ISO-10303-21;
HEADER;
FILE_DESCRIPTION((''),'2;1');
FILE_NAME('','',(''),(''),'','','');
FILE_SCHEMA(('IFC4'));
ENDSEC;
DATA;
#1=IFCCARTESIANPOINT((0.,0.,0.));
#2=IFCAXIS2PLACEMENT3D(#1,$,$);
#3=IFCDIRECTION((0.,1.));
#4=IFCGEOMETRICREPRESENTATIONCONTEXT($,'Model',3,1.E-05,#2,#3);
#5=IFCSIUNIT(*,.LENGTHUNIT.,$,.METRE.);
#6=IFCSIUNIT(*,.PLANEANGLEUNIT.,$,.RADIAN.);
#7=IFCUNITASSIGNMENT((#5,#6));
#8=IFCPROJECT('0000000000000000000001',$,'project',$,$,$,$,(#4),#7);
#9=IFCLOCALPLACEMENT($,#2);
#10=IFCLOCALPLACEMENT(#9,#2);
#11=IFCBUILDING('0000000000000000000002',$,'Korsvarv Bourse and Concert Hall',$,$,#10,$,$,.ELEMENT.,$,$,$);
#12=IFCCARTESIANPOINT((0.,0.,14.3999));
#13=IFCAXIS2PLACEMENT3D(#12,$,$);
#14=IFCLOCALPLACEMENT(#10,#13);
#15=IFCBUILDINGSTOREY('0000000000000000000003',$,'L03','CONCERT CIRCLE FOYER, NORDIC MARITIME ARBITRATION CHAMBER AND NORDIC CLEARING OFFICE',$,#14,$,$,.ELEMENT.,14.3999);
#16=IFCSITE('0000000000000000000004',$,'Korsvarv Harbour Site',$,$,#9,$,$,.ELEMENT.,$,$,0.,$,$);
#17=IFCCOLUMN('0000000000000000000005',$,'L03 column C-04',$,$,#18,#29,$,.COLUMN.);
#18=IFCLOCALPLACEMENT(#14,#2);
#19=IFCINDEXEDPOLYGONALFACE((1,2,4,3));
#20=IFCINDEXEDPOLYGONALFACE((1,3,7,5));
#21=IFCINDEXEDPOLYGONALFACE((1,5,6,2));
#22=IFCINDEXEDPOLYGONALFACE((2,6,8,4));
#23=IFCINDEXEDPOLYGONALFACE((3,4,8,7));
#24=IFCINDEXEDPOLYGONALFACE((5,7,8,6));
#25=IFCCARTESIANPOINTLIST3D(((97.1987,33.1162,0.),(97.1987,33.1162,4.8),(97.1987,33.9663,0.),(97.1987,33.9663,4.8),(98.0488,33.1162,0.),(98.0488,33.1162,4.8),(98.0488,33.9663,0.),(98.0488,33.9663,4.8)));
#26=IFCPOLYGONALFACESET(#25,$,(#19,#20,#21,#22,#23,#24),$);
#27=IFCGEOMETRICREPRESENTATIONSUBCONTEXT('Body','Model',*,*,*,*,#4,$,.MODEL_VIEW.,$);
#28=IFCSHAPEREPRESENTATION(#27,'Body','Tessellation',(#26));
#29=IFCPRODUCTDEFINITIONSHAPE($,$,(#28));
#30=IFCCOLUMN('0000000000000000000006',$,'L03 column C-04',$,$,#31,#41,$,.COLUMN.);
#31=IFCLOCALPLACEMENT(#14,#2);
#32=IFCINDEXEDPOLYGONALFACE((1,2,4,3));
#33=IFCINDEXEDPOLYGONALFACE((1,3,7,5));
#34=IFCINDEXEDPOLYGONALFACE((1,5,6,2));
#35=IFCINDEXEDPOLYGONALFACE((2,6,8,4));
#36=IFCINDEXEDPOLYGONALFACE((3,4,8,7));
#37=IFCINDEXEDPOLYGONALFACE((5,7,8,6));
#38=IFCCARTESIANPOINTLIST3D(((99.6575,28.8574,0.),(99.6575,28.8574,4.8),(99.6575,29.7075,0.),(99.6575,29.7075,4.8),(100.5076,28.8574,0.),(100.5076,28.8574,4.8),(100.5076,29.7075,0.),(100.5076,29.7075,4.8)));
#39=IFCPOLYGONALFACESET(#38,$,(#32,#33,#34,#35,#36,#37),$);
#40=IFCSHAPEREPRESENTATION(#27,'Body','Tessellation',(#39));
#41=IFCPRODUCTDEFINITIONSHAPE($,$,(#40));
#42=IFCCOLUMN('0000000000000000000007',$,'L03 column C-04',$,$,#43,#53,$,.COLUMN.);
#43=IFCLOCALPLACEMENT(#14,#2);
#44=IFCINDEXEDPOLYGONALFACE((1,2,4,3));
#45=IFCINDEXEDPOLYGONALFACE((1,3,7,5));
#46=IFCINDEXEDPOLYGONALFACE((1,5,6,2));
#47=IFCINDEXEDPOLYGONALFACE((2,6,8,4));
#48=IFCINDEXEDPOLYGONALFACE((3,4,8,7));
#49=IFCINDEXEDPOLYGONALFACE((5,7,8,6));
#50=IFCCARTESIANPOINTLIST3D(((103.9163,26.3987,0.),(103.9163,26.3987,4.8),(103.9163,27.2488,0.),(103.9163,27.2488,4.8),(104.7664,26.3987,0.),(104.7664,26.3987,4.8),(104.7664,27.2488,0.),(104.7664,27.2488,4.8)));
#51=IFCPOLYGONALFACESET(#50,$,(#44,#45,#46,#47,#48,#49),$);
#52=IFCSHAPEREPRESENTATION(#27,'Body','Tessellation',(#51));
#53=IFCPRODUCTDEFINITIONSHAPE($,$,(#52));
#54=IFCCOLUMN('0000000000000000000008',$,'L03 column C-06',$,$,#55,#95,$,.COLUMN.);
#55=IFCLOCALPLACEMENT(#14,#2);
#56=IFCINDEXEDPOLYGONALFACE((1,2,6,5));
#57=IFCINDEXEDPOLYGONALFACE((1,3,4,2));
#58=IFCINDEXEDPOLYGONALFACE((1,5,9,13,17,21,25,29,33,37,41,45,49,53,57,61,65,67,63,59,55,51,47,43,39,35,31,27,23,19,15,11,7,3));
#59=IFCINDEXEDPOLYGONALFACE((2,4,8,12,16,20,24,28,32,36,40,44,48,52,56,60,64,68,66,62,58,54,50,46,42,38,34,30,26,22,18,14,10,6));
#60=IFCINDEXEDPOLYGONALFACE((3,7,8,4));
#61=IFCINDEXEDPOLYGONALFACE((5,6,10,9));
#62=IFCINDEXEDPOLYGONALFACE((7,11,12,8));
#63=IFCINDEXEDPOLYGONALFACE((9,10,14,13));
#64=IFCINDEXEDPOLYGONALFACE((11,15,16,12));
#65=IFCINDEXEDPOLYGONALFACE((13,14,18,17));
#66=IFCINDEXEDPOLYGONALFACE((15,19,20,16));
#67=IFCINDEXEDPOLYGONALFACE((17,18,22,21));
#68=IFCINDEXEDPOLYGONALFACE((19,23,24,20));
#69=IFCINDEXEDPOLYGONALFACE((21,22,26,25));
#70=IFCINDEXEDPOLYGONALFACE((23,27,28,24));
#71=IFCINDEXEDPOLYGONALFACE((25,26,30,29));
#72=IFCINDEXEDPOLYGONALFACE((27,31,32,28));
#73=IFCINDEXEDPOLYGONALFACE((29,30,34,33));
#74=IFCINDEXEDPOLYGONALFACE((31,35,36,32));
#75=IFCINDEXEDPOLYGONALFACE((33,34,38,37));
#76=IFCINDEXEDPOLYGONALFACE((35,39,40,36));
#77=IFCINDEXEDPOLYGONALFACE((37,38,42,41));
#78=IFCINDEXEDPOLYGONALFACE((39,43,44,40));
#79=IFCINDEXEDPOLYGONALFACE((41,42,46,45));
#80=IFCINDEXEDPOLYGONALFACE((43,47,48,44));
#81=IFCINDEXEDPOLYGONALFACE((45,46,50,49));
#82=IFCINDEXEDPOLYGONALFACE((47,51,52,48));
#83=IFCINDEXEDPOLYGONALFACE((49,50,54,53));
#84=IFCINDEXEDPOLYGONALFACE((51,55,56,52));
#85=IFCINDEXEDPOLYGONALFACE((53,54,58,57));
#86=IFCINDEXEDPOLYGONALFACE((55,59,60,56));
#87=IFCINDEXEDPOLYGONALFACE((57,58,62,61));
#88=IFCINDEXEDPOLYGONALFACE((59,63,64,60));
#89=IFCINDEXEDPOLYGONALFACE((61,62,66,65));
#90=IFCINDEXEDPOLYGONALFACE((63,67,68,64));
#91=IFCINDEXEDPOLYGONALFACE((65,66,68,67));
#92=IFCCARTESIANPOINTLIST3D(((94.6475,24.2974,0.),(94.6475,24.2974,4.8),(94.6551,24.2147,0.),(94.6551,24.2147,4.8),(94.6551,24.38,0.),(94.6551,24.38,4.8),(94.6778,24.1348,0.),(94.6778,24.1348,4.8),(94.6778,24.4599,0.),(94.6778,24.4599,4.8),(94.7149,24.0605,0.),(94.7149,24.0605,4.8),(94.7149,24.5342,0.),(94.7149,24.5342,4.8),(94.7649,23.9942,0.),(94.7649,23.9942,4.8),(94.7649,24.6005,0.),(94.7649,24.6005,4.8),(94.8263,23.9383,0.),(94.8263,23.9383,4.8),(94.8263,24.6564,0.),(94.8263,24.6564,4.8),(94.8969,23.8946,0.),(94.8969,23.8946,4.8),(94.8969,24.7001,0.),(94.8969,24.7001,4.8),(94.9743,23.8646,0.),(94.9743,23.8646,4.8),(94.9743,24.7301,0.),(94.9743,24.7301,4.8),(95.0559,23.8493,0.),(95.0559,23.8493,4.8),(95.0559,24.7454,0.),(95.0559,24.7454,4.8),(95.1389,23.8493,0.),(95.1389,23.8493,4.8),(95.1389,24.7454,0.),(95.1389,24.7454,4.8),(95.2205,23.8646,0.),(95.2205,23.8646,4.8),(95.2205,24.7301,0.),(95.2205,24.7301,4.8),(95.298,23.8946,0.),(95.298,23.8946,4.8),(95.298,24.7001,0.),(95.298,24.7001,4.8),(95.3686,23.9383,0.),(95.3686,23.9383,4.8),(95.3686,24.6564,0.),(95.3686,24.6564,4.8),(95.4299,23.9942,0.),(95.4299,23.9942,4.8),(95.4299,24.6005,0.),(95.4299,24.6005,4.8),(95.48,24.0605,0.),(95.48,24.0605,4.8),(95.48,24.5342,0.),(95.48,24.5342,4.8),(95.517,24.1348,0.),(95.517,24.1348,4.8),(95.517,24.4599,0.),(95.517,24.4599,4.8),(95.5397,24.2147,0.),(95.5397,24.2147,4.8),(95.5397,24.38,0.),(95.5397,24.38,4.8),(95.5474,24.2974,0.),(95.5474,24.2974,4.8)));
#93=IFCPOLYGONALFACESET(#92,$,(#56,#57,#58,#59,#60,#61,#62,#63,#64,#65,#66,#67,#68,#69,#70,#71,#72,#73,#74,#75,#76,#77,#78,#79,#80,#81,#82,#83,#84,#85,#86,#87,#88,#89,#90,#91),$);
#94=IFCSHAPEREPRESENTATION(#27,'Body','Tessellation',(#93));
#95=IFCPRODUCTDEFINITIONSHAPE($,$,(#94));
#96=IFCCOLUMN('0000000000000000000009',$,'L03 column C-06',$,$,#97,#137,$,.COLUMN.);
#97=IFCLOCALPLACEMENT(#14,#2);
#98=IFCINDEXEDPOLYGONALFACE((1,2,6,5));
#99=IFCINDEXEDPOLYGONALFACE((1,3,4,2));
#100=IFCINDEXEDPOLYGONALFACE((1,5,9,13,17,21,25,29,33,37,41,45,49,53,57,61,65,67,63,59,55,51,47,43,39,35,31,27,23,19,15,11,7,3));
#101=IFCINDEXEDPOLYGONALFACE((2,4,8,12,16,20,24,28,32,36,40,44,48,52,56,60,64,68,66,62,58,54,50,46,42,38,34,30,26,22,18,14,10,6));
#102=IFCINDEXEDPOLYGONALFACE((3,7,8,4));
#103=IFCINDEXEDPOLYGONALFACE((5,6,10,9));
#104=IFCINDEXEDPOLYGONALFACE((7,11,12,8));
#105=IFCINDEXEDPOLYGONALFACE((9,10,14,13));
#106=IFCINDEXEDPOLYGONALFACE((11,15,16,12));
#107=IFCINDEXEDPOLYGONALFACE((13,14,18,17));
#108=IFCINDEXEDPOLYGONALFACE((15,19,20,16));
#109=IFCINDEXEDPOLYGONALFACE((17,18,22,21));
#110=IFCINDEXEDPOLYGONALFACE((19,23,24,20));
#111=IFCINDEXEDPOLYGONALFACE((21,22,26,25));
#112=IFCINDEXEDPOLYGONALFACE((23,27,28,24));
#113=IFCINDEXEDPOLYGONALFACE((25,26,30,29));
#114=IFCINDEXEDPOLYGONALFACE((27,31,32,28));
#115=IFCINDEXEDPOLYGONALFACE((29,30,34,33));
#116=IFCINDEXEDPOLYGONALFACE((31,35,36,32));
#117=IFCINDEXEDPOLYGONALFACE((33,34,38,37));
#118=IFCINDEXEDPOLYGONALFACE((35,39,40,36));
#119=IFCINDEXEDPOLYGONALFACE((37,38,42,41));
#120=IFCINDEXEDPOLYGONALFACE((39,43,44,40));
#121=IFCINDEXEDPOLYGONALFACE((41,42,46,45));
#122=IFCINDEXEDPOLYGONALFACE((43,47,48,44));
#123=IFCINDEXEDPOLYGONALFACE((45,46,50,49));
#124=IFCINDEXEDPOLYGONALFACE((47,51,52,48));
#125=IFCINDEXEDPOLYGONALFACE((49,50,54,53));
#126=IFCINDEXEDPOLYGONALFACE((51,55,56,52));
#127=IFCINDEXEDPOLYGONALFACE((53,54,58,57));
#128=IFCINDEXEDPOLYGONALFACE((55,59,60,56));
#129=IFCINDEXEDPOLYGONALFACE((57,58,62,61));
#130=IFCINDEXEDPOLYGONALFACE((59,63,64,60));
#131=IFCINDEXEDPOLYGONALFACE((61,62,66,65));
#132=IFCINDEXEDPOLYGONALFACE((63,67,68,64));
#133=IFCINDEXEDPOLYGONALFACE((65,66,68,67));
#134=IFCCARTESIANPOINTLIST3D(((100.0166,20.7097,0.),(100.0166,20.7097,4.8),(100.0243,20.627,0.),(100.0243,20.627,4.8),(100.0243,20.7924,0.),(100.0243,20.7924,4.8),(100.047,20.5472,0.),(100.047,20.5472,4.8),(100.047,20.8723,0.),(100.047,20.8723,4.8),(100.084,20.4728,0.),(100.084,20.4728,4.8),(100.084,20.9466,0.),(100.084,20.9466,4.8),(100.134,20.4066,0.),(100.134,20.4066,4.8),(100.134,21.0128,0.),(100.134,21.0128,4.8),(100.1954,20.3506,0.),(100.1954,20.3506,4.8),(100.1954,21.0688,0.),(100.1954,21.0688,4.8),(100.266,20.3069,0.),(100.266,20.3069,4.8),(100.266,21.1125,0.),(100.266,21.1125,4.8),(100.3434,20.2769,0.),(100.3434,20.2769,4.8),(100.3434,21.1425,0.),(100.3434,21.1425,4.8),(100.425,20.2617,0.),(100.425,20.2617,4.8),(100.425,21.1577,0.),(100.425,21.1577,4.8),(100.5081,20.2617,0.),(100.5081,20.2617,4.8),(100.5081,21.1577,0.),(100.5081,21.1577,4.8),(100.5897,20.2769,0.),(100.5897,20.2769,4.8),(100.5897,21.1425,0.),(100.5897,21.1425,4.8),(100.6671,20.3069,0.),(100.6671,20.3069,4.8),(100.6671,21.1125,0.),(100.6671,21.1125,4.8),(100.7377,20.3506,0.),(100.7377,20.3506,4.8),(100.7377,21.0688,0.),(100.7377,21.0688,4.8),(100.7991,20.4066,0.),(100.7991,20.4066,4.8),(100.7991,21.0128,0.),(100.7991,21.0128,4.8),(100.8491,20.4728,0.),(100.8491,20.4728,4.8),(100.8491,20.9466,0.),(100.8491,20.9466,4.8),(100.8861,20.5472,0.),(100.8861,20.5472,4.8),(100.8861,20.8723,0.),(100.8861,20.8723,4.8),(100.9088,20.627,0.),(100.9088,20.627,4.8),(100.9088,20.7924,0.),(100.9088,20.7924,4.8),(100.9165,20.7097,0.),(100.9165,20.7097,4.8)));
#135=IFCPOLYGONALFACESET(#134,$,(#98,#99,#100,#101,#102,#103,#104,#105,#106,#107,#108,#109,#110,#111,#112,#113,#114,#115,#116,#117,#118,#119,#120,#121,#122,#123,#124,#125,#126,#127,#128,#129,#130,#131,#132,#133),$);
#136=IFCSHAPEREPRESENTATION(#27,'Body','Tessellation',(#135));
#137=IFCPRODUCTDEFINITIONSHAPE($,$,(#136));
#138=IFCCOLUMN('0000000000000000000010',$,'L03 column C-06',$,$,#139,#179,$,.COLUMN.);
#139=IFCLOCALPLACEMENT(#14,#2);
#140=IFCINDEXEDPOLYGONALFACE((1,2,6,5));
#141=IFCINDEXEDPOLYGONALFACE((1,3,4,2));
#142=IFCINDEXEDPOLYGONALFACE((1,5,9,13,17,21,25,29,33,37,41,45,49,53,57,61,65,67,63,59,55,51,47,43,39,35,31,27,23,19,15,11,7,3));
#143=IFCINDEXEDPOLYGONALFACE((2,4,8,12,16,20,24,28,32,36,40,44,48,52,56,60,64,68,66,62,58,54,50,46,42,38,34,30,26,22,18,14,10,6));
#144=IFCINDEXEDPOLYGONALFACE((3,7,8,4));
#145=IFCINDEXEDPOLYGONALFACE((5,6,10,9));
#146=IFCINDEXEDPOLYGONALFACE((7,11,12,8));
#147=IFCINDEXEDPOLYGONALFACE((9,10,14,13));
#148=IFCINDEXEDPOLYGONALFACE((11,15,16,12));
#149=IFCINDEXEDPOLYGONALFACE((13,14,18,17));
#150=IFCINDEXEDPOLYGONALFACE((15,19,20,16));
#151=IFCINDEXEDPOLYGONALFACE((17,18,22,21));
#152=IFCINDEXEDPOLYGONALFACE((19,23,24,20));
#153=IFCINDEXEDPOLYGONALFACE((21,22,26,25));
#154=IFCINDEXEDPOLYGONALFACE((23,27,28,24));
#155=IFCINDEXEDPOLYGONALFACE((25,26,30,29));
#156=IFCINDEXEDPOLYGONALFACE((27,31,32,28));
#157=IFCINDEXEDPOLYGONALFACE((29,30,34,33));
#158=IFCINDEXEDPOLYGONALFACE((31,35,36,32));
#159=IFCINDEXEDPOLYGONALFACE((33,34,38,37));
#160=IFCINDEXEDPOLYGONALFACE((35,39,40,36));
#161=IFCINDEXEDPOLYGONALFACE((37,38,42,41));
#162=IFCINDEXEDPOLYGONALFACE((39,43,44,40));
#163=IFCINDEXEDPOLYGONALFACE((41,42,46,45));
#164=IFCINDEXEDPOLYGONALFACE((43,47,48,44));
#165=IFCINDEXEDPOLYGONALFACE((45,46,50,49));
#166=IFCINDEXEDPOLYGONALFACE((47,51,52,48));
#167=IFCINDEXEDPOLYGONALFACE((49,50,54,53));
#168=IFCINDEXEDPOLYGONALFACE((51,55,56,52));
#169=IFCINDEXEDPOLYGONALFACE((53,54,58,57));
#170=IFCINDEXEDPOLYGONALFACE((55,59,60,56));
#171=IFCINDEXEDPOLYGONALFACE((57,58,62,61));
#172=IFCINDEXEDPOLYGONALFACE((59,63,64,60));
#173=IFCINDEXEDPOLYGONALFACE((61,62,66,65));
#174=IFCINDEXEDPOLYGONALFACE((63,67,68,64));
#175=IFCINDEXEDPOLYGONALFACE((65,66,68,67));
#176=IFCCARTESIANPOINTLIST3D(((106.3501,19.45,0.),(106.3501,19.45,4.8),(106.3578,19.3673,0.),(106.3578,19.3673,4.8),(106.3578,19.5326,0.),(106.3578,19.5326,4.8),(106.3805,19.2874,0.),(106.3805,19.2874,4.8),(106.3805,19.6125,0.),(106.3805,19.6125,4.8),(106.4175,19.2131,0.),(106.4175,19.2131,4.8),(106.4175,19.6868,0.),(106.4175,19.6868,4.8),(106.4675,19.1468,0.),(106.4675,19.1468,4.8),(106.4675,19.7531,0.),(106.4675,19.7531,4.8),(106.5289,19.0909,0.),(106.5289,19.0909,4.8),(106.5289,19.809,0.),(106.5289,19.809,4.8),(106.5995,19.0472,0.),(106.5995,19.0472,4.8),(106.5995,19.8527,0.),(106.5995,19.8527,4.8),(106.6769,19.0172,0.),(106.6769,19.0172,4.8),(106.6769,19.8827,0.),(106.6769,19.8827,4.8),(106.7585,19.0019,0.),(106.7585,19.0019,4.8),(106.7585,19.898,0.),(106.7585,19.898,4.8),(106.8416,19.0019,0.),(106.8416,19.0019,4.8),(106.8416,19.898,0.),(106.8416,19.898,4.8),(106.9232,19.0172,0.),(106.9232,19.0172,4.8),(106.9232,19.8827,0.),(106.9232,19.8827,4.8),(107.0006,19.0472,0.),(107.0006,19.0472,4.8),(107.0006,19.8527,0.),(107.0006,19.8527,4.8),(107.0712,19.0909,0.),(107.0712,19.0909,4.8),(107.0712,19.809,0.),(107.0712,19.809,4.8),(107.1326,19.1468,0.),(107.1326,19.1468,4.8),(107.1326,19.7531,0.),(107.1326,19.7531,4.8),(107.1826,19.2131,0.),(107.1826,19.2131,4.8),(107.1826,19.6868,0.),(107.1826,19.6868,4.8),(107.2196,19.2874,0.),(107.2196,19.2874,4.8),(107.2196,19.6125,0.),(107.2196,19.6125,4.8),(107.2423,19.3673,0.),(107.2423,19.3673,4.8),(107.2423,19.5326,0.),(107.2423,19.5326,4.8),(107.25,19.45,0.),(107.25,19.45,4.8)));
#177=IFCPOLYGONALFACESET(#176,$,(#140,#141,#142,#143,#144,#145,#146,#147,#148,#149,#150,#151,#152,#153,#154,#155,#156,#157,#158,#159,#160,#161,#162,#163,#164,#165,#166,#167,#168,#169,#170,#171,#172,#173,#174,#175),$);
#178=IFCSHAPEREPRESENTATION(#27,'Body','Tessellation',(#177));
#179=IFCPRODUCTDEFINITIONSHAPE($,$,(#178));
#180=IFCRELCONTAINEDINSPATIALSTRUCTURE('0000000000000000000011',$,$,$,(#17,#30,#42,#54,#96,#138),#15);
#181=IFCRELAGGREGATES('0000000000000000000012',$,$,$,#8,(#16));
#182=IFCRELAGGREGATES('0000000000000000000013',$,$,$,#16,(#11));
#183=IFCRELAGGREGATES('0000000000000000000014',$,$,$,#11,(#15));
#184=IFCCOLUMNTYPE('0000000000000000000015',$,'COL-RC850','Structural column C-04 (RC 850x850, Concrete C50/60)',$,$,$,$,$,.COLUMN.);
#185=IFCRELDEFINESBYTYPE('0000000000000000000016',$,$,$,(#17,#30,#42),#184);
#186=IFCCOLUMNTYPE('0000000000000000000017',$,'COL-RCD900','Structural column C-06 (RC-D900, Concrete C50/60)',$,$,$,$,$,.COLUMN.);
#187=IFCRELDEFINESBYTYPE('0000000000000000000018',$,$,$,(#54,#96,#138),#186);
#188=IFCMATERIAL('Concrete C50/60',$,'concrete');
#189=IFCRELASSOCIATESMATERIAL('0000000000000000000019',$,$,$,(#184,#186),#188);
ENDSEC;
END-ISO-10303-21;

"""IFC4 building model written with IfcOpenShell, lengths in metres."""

from ifc_helpers import new_model, si_unit, direction, frame, origin, origin_2d, place, context, subcontext, project, spatial, rectangle, circle, extrude, source, transform, mapped, material, material_profile, profile_set, type_object, element, save


model = new_model("IFC4")

# Units and contexts
model_context = context("Model", 3, precision=1e-05, world=origin(), true_north=direction((0.0, 1.0)))
body_context = subcontext(model_context, "Body", "Model", "MODEL_VIEW")
ifc_project = project(units=[si_unit("LENGTHUNIT", "METRE"), si_unit("PLANEANGLEUNIT", "RADIAN")], contexts=[model_context])

# Site, building, storey
site_placement = place(None, origin())
site = spatial("IfcSite", under=ifc_project, at=site_placement, Name="Korsvarv Harbour Site", CompositionType="ELEMENT", RefElevation=0.0)
building_placement = place(site_placement, origin())
building = spatial("IfcBuilding", under=site, at=building_placement, Name="Korsvarv Bourse and Concert Hall", CompositionType="ELEMENT")
storey_placement = place(building_placement, frame((0.0, 0.0, 14.3999)))
storey = spatial("IfcBuildingStorey", under=building, at=storey_placement, Name="L03", Description="CONCERT CIRCLE FOYER, NORDIC MARITIME ARBITRATION CHAMBER AND NORDIC CLEARING OFFICE", CompositionType="ELEMENT", Elevation=14.3999)

# Columns
ifc_material_1 = material(Name="Concrete C50/60", Category="concrete")
ifc_material_profile_1 = material_profile(ifc_material_1, rectangle(XDim=0.8501, YDim=0.8501, at=origin_2d()), Name="RC 850x850")
ifc_profile_set_1 = profile_set([ifc_material_profile_1], Name="Concrete C50/60")
column_type_1 = type_object("IfcColumnType", Name="COL-RC850", Description="Structural column C-04 (RC 850x850, Concrete C50/60)", PredefinedType="COLUMN", material=ifc_profile_set_1)
shared_shape_1 = source(origin(), body_context, "Body", "SweptSolid", [
    extrude(rectangle(XDim=0.8501, YDim=0.8501, at=origin_2d()), origin(), (0.0, 0.0, 1.0), 4.8),
])
for number, where, z_axis, x_axis, name in (
    (1, (97.6238, 33.5413, 0.0), (0.0, 0.0, 1.0), (1.0, 0.0, 0.0), "L03 column C-04"),
    (2, (100.0825, 29.2825, 0.0), (0.0, 0.0, 1.0), (1.0, 0.0, 0.0), "L03 column C-04"),
    (3, (104.3413, 26.8237, 0.0), (0.0, 0.0, 1.0), (1.0, 0.0, 0.0), "L03 column C-04"),
):
    element("IfcColumn", number, at=place(storey_placement, frame(where, z_axis=z_axis, x_axis=x_axis)), inside=storey, type_object=column_type_1, Name=name, PredefinedType="COLUMN", context=body_context, shape_type="MappedRepresentation", body=[
        mapped(shared_shape_1, transform((0.0, 0.0, 0.0), scale=1.0)),
    ])
ifc_material_profile_2 = material_profile(ifc_material_1, circle(Radius=0.45, at=origin_2d()), Name="RC-D900")
ifc_profile_set_2 = profile_set([ifc_material_profile_2], Name="Concrete C50/60")
column_type_2 = type_object("IfcColumnType", Name="COL-RCD900", Description="Structural column C-06 (RC-D900, Concrete C50/60)", PredefinedType="COLUMN", material=ifc_profile_set_2)
shared_shape_2 = source(origin(), body_context, "Body", "SweptSolid", [
    extrude(circle(Radius=0.45, at=origin_2d()), origin(), (0.0, 0.0, 1.0), 4.8),
])
for number, where, z_axis, x_axis, name in (
    (4, (95.0974, 24.2974, 0.0), (0.0, 0.0, 1.0), (1.0, 0.0, 0.0), "L03 column C-06"),
    (5, (100.4666, 20.7097, 0.0), (0.0, 0.0, 1.0), (1.0, 0.0, 0.0), "L03 column C-06"),
    (6, (106.8, 19.45, 0.0), (0.0, 0.0, 1.0), (1.0, 0.0, 0.0), "L03 column C-06"),
):
    element("IfcColumn", number, at=place(storey_placement, frame(where, z_axis=z_axis, x_axis=x_axis)), inside=storey, type_object=column_type_2, Name=name, PredefinedType="COLUMN", context=body_context, shape_type="MappedRepresentation", body=[
        mapped(shared_shape_2, transform((0.0, 0.0, 0.0), scale=1.0)),
    ])

save(model, "model.ifc")
